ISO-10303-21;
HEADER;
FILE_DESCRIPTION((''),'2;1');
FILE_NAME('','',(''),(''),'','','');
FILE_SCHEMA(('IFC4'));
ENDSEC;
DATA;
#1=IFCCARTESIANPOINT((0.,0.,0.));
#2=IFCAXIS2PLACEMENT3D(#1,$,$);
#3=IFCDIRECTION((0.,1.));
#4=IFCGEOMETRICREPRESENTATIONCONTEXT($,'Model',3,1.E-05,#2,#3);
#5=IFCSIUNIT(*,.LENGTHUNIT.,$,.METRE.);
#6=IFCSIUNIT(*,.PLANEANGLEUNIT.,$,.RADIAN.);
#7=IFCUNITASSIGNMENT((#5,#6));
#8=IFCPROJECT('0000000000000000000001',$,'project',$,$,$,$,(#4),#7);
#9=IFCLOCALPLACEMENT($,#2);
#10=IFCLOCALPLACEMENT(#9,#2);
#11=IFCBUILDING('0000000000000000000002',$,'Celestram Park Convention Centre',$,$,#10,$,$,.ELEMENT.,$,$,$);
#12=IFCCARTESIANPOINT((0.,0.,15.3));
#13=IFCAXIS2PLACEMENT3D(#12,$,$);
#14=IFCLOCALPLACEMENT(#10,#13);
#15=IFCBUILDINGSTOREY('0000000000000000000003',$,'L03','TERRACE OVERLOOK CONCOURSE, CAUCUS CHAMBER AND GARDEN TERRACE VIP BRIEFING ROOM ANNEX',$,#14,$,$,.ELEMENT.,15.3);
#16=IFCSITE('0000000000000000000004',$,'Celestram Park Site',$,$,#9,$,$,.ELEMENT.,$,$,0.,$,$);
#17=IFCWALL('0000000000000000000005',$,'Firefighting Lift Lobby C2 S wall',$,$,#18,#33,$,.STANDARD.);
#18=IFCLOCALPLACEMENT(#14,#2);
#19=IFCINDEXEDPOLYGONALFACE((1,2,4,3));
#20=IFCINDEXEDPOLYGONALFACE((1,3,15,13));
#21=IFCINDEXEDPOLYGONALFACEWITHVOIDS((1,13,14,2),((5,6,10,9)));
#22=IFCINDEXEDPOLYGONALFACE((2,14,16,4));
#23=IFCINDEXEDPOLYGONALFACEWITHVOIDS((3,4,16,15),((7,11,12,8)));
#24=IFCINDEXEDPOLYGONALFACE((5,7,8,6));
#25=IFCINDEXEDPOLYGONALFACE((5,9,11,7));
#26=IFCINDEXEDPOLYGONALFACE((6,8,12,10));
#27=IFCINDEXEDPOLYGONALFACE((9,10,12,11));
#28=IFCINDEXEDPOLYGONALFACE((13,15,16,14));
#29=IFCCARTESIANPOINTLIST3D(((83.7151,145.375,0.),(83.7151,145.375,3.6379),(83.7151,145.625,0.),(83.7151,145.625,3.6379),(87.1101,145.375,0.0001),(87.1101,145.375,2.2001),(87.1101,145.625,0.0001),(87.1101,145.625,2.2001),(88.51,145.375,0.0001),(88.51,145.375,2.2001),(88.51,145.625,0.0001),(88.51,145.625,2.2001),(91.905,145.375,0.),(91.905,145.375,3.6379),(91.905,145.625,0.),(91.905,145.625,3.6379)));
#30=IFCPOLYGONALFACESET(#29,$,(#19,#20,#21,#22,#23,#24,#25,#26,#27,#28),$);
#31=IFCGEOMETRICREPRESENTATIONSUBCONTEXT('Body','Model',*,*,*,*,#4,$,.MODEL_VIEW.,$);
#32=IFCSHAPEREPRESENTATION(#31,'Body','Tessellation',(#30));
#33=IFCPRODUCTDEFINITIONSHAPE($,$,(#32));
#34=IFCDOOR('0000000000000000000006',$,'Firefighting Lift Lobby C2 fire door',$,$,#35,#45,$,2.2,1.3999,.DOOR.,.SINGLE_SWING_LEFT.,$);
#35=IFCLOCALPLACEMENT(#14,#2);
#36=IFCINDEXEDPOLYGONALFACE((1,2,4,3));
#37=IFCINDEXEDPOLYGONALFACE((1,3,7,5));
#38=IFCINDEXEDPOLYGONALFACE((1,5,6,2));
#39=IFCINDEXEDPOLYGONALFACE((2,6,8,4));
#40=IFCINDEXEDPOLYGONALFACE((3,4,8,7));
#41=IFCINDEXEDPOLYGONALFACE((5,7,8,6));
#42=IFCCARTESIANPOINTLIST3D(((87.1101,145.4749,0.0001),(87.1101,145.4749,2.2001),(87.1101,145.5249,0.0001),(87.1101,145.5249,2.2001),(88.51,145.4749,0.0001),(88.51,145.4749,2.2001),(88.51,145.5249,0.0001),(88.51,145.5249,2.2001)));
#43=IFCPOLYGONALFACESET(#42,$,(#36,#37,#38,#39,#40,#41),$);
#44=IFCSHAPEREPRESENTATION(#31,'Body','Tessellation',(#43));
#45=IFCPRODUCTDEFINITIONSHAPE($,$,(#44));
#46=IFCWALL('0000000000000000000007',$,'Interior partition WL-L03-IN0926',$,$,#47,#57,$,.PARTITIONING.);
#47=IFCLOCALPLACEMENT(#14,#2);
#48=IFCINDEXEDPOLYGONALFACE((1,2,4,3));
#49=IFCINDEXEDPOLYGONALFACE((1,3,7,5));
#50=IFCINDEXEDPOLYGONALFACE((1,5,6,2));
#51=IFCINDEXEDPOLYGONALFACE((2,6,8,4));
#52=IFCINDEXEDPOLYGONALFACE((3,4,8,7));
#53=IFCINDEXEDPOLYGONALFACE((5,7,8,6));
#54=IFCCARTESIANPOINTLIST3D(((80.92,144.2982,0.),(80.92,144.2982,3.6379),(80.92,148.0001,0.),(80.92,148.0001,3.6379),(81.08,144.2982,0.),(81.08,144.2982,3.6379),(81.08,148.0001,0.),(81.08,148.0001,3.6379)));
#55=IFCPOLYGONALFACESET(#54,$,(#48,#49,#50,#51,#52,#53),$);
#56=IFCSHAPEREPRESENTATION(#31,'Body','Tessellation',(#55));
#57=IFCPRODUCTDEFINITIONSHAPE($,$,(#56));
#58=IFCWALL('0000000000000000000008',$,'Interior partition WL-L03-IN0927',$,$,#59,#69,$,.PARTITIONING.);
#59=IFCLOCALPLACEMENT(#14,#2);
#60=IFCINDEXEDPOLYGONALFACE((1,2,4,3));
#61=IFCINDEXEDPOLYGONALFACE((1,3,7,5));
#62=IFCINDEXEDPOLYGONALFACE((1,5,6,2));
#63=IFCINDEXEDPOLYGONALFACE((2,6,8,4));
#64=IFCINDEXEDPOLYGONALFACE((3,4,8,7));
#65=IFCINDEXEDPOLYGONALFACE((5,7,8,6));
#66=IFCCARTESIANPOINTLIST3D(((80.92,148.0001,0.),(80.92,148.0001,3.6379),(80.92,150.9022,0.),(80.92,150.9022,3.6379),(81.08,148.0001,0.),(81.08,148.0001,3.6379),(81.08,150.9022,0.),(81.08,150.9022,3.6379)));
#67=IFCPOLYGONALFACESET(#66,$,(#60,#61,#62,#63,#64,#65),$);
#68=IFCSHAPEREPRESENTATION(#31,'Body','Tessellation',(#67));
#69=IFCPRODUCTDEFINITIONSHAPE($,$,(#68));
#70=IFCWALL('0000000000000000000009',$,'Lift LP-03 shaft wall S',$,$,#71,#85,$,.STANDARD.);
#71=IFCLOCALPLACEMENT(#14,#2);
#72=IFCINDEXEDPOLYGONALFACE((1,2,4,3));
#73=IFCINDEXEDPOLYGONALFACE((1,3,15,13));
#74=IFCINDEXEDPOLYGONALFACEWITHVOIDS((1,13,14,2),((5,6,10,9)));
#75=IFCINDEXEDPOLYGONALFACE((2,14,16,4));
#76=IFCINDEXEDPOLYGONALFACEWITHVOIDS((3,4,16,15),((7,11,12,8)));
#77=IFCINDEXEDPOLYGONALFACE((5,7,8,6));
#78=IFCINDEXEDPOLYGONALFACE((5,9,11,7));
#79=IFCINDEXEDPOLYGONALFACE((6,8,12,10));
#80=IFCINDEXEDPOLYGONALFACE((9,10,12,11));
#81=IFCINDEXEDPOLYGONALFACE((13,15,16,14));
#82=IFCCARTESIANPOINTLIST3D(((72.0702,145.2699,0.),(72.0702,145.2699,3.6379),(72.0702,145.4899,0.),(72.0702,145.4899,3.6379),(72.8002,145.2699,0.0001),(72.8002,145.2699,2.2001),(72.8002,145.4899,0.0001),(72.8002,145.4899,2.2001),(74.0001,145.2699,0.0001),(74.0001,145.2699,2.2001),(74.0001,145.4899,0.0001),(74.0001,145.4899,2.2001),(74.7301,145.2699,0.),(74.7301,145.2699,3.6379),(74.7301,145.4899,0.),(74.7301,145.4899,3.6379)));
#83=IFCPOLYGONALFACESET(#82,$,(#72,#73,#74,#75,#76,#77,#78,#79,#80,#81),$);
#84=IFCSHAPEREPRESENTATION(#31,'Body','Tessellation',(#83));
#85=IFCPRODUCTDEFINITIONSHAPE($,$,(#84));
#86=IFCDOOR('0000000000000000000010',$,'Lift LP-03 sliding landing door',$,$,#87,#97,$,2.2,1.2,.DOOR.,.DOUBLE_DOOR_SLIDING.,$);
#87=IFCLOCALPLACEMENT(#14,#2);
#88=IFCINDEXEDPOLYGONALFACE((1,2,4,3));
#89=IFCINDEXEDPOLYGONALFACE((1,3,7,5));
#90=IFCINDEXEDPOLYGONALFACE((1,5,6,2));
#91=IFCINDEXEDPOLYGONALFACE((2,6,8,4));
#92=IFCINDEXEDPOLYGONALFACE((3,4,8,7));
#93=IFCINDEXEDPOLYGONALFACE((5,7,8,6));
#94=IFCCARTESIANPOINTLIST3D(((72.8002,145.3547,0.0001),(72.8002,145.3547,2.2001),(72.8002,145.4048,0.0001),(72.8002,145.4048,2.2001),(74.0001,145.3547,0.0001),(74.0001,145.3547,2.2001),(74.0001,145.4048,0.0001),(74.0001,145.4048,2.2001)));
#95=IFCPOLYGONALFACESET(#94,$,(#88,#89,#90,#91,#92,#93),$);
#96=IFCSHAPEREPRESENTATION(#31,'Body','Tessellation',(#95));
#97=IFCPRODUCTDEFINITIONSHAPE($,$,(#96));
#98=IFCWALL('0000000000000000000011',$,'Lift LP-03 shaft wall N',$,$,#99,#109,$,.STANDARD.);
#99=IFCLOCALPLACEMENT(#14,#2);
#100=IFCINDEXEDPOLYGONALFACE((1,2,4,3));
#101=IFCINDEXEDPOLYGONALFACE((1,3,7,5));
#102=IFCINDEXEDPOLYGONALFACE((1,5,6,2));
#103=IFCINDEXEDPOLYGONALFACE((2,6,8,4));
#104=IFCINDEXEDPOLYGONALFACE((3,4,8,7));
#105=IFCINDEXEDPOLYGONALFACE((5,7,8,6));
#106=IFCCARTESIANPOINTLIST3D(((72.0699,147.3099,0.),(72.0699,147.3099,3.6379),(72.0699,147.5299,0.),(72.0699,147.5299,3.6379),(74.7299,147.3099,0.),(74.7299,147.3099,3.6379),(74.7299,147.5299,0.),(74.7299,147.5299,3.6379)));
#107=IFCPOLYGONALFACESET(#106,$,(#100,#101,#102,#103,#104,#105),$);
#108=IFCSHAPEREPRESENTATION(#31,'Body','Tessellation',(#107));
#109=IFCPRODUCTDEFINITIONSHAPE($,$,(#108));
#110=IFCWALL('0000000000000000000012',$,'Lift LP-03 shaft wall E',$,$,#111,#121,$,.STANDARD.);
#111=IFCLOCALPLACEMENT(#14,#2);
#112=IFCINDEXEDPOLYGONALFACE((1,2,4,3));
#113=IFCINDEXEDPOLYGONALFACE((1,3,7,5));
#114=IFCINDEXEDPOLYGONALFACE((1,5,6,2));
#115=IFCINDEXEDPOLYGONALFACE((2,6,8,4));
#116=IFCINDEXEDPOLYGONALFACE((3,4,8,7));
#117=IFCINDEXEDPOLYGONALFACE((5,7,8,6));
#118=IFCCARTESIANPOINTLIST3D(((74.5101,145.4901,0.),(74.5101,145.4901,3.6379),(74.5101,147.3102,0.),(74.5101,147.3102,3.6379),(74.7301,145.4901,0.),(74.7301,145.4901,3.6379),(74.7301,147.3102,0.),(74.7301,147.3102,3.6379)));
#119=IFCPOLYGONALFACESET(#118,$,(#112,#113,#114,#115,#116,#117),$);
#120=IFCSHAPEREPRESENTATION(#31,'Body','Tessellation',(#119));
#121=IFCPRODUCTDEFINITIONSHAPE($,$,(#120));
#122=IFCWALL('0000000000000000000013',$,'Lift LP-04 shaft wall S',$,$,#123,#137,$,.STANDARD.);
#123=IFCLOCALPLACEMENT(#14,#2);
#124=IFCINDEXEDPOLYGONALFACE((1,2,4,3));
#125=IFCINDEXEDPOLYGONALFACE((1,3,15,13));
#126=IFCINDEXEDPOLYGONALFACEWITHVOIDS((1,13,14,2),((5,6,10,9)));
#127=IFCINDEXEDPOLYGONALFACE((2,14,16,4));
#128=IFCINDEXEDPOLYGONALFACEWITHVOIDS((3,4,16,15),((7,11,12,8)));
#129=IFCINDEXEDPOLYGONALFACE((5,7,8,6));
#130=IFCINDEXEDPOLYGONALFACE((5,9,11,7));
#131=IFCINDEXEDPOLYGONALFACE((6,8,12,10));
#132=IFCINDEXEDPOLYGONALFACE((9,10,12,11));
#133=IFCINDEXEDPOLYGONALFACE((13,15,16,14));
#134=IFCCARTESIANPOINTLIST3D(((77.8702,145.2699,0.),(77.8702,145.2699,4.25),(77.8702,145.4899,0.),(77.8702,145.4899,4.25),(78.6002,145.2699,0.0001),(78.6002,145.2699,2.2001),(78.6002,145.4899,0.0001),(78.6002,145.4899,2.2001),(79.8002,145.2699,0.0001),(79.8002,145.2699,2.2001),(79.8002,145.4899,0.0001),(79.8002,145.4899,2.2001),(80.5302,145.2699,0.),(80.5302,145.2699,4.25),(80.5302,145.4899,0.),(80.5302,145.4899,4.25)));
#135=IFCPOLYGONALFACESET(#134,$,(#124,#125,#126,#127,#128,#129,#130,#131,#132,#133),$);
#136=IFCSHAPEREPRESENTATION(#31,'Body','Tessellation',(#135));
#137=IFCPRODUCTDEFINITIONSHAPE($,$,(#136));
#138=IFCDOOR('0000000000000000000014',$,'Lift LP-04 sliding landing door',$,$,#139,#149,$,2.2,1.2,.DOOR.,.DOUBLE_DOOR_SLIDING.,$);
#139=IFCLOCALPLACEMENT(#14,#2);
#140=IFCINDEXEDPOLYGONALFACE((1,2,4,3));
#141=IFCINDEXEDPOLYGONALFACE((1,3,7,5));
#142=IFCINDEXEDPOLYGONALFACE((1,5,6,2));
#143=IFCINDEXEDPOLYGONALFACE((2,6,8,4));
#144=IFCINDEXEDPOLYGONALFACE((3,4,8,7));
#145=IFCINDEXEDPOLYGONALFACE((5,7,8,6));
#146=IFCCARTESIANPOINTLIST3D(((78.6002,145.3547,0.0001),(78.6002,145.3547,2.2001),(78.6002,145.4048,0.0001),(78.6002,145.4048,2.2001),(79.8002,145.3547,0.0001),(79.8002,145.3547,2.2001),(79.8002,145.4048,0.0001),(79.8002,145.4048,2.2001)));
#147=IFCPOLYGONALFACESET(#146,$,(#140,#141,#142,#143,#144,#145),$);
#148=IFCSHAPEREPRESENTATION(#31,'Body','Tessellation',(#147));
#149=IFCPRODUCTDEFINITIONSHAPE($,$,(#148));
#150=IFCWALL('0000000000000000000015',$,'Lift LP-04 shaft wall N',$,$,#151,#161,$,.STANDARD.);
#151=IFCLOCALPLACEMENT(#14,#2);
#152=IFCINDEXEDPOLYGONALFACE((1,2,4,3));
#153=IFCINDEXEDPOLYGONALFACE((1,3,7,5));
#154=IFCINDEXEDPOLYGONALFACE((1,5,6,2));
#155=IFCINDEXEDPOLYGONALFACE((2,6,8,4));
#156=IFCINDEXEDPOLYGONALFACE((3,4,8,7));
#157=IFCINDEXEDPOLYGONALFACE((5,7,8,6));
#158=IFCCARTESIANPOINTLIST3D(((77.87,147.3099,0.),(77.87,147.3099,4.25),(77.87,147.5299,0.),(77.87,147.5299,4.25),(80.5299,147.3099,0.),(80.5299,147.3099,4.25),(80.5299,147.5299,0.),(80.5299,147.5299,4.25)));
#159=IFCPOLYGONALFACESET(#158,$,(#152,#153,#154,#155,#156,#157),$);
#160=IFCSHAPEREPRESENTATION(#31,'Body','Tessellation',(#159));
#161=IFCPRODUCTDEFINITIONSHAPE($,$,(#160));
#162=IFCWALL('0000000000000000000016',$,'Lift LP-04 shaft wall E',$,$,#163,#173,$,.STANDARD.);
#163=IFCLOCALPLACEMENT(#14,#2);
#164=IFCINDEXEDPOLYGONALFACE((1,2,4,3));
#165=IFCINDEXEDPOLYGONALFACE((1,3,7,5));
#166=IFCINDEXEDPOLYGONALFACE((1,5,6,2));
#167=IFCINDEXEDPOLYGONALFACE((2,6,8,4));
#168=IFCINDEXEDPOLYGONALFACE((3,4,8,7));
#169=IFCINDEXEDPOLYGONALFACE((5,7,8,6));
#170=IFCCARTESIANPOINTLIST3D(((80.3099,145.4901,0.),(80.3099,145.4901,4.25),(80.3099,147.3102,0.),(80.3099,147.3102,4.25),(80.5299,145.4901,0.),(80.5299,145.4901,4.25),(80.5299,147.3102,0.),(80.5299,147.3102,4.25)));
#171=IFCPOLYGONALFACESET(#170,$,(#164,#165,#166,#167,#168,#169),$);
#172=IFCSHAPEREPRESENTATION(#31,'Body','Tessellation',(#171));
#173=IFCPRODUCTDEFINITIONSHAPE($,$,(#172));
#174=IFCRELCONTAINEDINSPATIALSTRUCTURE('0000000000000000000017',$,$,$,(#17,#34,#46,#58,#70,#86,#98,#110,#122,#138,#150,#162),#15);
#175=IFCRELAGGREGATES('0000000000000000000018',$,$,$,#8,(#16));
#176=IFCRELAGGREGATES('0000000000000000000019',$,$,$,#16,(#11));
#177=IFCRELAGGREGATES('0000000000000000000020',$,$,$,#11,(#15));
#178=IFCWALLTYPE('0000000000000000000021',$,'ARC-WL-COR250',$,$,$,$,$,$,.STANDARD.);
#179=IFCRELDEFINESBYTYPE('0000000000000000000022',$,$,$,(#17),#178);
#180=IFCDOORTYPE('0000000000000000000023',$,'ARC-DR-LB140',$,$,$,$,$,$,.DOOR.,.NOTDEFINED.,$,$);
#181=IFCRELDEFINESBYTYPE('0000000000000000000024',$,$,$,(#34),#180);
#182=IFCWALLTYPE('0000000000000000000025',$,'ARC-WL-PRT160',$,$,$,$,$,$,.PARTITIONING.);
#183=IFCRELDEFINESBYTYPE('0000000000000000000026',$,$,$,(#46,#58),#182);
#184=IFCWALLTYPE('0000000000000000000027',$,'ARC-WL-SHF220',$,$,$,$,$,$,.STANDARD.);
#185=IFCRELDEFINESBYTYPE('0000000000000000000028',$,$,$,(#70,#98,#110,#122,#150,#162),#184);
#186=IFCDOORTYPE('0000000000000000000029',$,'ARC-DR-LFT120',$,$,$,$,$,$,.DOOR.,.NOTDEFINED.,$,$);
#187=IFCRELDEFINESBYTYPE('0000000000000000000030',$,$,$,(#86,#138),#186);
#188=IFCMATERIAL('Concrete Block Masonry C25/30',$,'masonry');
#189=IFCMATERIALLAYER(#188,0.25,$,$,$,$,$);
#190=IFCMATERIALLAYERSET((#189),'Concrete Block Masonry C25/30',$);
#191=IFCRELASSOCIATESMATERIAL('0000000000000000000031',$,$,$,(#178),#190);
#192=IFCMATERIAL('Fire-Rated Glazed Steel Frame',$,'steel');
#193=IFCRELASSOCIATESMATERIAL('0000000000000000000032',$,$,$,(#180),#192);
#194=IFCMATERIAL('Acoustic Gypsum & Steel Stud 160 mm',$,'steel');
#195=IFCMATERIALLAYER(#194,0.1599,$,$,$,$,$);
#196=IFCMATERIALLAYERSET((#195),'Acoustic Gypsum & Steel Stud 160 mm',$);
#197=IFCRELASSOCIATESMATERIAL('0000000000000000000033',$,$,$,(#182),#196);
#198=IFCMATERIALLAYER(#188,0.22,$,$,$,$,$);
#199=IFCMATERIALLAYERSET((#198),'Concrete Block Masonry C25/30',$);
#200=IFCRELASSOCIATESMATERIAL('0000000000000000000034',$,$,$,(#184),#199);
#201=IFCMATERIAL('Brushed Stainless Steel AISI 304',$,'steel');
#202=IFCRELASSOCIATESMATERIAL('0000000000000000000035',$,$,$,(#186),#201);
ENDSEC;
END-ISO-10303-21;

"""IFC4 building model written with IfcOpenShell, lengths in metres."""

from ifc_helpers import new_model, si_unit, direction, frame, frame_2d, origin, place, context, subcontext, project, spatial, rectangle, extrude, material, layer, layer_set, type_object, element, fill, save


model = new_model("IFC4")

# Units and contexts
model_context = context("Model", 3, precision=1e-05, world=origin(), true_north=direction((0.0, 1.0)))
body_context = subcontext(model_context, "Body", "Model", "MODEL_VIEW")
ifc_project = project(units=[si_unit("LENGTHUNIT", "METRE"), si_unit("PLANEANGLEUNIT", "RADIAN")], contexts=[model_context])

# Site, building, storey
site_placement = place(None, origin())
site = spatial("IfcSite", under=ifc_project, at=site_placement, Name="Celestram Park Site", CompositionType="ELEMENT", RefElevation=0.0)
building_placement = place(site_placement, origin())
building = spatial("IfcBuilding", under=site, at=building_placement, Name="Celestram Park Convention Centre", CompositionType="ELEMENT")
storey_placement = place(building_placement, frame((0.0, 0.0, 15.3)))
storey = spatial("IfcBuildingStorey", under=building, at=storey_placement, Name="L03", Description="TERRACE OVERLOOK CONCOURSE, CAUCUS CHAMBER AND GARDEN TERRACE VIP BRIEFING ROOM ANNEX", CompositionType="ELEMENT", Elevation=15.3)

# Shared definitions
ifc_material_1 = material(Name="Concrete Block Masonry C25/30", Category="masonry")
ifc_layer_1 = layer(ifc_material_1, 0.25)
ifc_layer_set_1 = layer_set([ifc_layer_1], Name="Concrete Block Masonry C25/30")
wall_type_1 = type_object("IfcWallType", Name="ARC-WL-COR250", PredefinedType="STANDARD", material=ifc_layer_set_1)

# Wall, opening, door
wall_1_placement = place(storey_placement, frame((83.7151, 145.5, 0.0), z_axis=(0.0, 0.0, 1.0), x_axis=(1.0, 0.0, 0.0)))
wall_1 = element("IfcWall", 1, at=wall_1_placement, inside=storey, type_object=wall_type_1, Name="Firefighting Lift Lobby C2 S wall", PredefinedType="STANDARD", context=body_context, shape_type="SweptSolid", body=[
    extrude(rectangle(XDim=8.1899, YDim=0.25, at=frame_2d((4.095, 0.0))), origin(), (0.0, 0.0, 1.0), 3.6379),
])
opening_1_placement = place(wall_1_placement, frame((3.395, 0.0, 0.0)))
opening_1 = element("IfcOpeningElement", 2, at=opening_1_placement, cuts=wall_1, PredefinedType="OPENING", context=body_context, shape_type="SweptSolid", body=[
    extrude(rectangle(XDim=1.3999, YDim=2.2, at=frame_2d((0.7, 1.1001))), frame((0.0, 0.135, 0.0), z_axis=(0.0, -1.0, 0.0), x_axis=(1.0, 0.0, 0.0)), (0.0, 0.0, 1.0), 0.27),
])
ifc_material_2 = material(Name="Fire-Rated Glazed Steel Frame", Category="steel")
door_type_1 = type_object("IfcDoorType", Name="ARC-DR-LB140", OperationType="NOTDEFINED", PredefinedType="DOOR", material=ifc_material_2)
door_1_placement = place(opening_1_placement, origin())
door_1 = element("IfcDoor", 3, at=door_1_placement, inside=storey, type_object=door_type_1, Name="Firefighting Lift Lobby C2 fire door", OperationType="SINGLE_SWING_LEFT", OverallHeight=2.2, OverallWidth=1.3999, PredefinedType="DOOR", context=body_context, shape_type="SweptSolid", body=[
    extrude(rectangle(XDim=1.3999, YDim=2.2, at=frame_2d((0.7, 1.1001))), frame((0.0, 0.0249, 0.0), z_axis=(0.0, -1.0, 0.0), x_axis=(1.0, 0.0, 0.0)), (0.0, 0.0, 1.0), 0.05),
])
fill(opening_1, door_1)

# Walls
ifc_material_3 = material(Name="Acoustic Gypsum & Steel Stud 160 mm", Category="steel")
ifc_layer_2 = layer(ifc_material_3, 0.1599)
ifc_layer_set_2 = layer_set([ifc_layer_2], Name="Acoustic Gypsum & Steel Stud 160 mm")
wall_type_2 = type_object("IfcWallType", Name="ARC-WL-PRT160", PredefinedType="PARTITIONING", material=ifc_layer_set_2)
wall_2_placement = place(storey_placement, frame((81.0, 144.2981, 0.0), z_axis=(0.0, 0.0, 1.0), x_axis=(0.0, 1.0, 0.0)))
element("IfcWall", 4, at=wall_2_placement, inside=storey, type_object=wall_type_2, Name="Interior partition WL-L03-IN0926", PredefinedType="PARTITIONING", context=body_context, shape_type="SweptSolid", body=[
    extrude(rectangle(XDim=3.7019, YDim=0.1599, at=frame_2d((1.8511, 0.0))), origin(), (0.0, 0.0, 1.0), 3.6379),
])
wall_3_placement = place(storey_placement, frame((81.0, 148.0, 0.0), z_axis=(0.0, 0.0, 1.0), x_axis=(0.0, 1.0, 0.0)))
element("IfcWall", 5, at=wall_3_placement, inside=storey, type_object=wall_type_2, Name="Interior partition WL-L03-IN0927", PredefinedType="PARTITIONING", context=body_context, shape_type="SweptSolid", body=[
    extrude(rectangle(XDim=2.9021, YDim=0.1599, at=frame_2d((1.4512, 0.0))), origin(), (0.0, 0.0, 1.0), 3.6379),
])

# Wall, opening, door
ifc_layer_3 = layer(ifc_material_1, 0.22)
ifc_layer_set_3 = layer_set([ifc_layer_3], Name="Concrete Block Masonry C25/30")
wall_type_3 = type_object("IfcWallType", Name="ARC-WL-SHF220", PredefinedType="STANDARD", material=ifc_layer_set_3)
wall_4_placement = place(storey_placement, frame((72.0701, 145.3799, 0.0), z_axis=(0.0, 0.0, 1.0), x_axis=(1.0, 0.0, 0.0)))
wall_4 = element("IfcWall", 6, at=wall_4_placement, inside=storey, type_object=wall_type_3, Name="Lift LP-03 shaft wall S", PredefinedType="STANDARD", context=body_context, shape_type="SweptSolid", body=[
    extrude(rectangle(XDim=2.6599, YDim=0.22, at=frame_2d((1.3301, 0.0))), origin(), (0.0, 0.0, 1.0), 3.6379),
])
opening_2_placement = place(wall_4_placement, frame((0.73, 0.0, 0.0)))
opening_2 = element("IfcOpeningElement", 7, at=opening_2_placement, cuts=wall_4, PredefinedType="OPENING", context=body_context, shape_type="SweptSolid", body=[
    extrude(rectangle(XDim=1.2, YDim=2.2, at=frame_2d((0.6001, 1.1001))), frame((0.0, 0.1199, 0.0), z_axis=(0.0, -1.0, 0.0), x_axis=(1.0, 0.0, 0.0)), (0.0, 0.0, 1.0), 0.24),
])
ifc_material_4 = material(Name="Brushed Stainless Steel AISI 304", Category="steel")
door_type_2 = type_object("IfcDoorType", Name="ARC-DR-LFT120", OperationType="NOTDEFINED", PredefinedType="DOOR", material=ifc_material_4)
door_2_placement = place(opening_2_placement, origin())
door_2 = element("IfcDoor", 8, at=door_2_placement, inside=storey, type_object=door_type_2, Name="Lift LP-03 sliding landing door", OperationType="DOUBLE_DOOR_SLIDING", OverallHeight=2.2, OverallWidth=1.2, PredefinedType="DOOR", context=body_context, shape_type="SweptSolid", body=[
    extrude(rectangle(XDim=1.2, YDim=2.2, at=frame_2d((0.6001, 1.1001))), frame((0.0, 0.0249, 0.0), z_axis=(0.0, -1.0, 0.0), x_axis=(1.0, 0.0, 0.0)), (0.0, 0.0, 1.0), 0.05),
])
fill(opening_2, door_2)

# Walls
wall_5_placement = place(storey_placement, frame((74.73, 147.4199, 0.0), z_axis=(0.0, 0.0, 1.0), x_axis=(-1.0, 0.0, 0.0)))
element("IfcWall", 9, at=wall_5_placement, inside=storey, type_object=wall_type_3, Name="Lift LP-03 shaft wall N", PredefinedType="STANDARD", context=body_context, shape_type="SweptSolid", body=[
    extrude(rectangle(XDim=2.6599, YDim=0.22, at=frame_2d((1.3301, 0.0))), origin(), (0.0, 0.0, 1.0), 3.6379),
])
for number, where, z_axis, x_axis, name in (
    (10, (74.6201, 145.49, 0.0), (0.0, 0.0, 1.0), (0.0, 1.0, 0.0), "Lift LP-03 shaft wall E"),
):
    element("IfcWall", number, at=place(storey_placement, frame(where, z_axis=z_axis, x_axis=x_axis)), inside=storey, type_object=wall_type_3, Name=name, PredefinedType="STANDARD", context=body_context, shape_type="SweptSolid", body=[
        extrude(rectangle(XDim=1.8201, YDim=0.22, at=frame_2d((0.9102, 0.0))), origin(), (0.0, 0.0, 1.0), 3.6379),
    ])

# Wall, opening, door
wall_6_placement = place(storey_placement, frame((77.8701, 145.3799, 0.0), z_axis=(0.0, 0.0, 1.0), x_axis=(1.0, 0.0, 0.0)))
wall_6 = element("IfcWall", 11, at=wall_6_placement, inside=storey, type_object=wall_type_3, Name="Lift LP-04 shaft wall S", PredefinedType="STANDARD", context=body_context, shape_type="SweptSolid", body=[
    extrude(rectangle(XDim=2.6599, YDim=0.22, at=frame_2d((1.3301, 0.0))), origin(), (0.0, 0.0, 1.0), 4.25),
])
opening_3_placement = place(wall_6_placement, frame((0.73, 0.0, 0.0)))
opening_3 = element("IfcOpeningElement", 12, at=opening_3_placement, cuts=wall_6, PredefinedType="OPENING", context=body_context, shape_type="SweptSolid", body=[
    extrude(rectangle(XDim=1.2, YDim=2.2, at=frame_2d((0.6001, 1.1001))), frame((0.0, 0.1199, 0.0), z_axis=(0.0, -1.0, 0.0), x_axis=(1.0, 0.0, 0.0)), (0.0, 0.0, 1.0), 0.24),
])
door_3_placement = place(opening_3_placement, origin())
door_3 = element("IfcDoor", 13, at=door_3_placement, inside=storey, type_object=door_type_2, Name="Lift LP-04 sliding landing door", OperationType="DOUBLE_DOOR_SLIDING", OverallHeight=2.2, OverallWidth=1.2, PredefinedType="DOOR", context=body_context, shape_type="SweptSolid", body=[
    extrude(rectangle(XDim=1.2, YDim=2.2, at=frame_2d((0.6001, 1.1001))), frame((0.0, 0.0249, 0.0), z_axis=(0.0, -1.0, 0.0), x_axis=(1.0, 0.0, 0.0)), (0.0, 0.0, 1.0), 0.05),
])
fill(opening_3, door_3)

# Walls
wall_7_placement = place(storey_placement, frame((80.53, 147.4199, 0.0), z_axis=(0.0, 0.0, 1.0), x_axis=(-1.0, 0.0, 0.0)))
element("IfcWall", 14, at=wall_7_placement, inside=storey, type_object=wall_type_3, Name="Lift LP-04 shaft wall N", PredefinedType="STANDARD", context=body_context, shape_type="SweptSolid", body=[
    extrude(rectangle(XDim=2.6599, YDim=0.22, at=frame_2d((1.3301, 0.0))), origin(), (0.0, 0.0, 1.0), 4.25),
])
for number, where, z_axis, x_axis, name in (
    (15, (80.4199, 145.49, 0.0), (0.0, 0.0, 1.0), (0.0, 1.0, 0.0), "Lift LP-04 shaft wall E"),
):
    element("IfcWall", number, at=place(storey_placement, frame(where, z_axis=z_axis, x_axis=x_axis)), inside=storey, type_object=wall_type_3, Name=name, PredefinedType="STANDARD", context=body_context, shape_type="SweptSolid", body=[
        extrude(rectangle(XDim=1.8201, YDim=0.22, at=frame_2d((0.9102, 0.0))), origin(), (0.0, 0.0, 1.0), 4.25),
    ])

save(model, "model.ifc")
